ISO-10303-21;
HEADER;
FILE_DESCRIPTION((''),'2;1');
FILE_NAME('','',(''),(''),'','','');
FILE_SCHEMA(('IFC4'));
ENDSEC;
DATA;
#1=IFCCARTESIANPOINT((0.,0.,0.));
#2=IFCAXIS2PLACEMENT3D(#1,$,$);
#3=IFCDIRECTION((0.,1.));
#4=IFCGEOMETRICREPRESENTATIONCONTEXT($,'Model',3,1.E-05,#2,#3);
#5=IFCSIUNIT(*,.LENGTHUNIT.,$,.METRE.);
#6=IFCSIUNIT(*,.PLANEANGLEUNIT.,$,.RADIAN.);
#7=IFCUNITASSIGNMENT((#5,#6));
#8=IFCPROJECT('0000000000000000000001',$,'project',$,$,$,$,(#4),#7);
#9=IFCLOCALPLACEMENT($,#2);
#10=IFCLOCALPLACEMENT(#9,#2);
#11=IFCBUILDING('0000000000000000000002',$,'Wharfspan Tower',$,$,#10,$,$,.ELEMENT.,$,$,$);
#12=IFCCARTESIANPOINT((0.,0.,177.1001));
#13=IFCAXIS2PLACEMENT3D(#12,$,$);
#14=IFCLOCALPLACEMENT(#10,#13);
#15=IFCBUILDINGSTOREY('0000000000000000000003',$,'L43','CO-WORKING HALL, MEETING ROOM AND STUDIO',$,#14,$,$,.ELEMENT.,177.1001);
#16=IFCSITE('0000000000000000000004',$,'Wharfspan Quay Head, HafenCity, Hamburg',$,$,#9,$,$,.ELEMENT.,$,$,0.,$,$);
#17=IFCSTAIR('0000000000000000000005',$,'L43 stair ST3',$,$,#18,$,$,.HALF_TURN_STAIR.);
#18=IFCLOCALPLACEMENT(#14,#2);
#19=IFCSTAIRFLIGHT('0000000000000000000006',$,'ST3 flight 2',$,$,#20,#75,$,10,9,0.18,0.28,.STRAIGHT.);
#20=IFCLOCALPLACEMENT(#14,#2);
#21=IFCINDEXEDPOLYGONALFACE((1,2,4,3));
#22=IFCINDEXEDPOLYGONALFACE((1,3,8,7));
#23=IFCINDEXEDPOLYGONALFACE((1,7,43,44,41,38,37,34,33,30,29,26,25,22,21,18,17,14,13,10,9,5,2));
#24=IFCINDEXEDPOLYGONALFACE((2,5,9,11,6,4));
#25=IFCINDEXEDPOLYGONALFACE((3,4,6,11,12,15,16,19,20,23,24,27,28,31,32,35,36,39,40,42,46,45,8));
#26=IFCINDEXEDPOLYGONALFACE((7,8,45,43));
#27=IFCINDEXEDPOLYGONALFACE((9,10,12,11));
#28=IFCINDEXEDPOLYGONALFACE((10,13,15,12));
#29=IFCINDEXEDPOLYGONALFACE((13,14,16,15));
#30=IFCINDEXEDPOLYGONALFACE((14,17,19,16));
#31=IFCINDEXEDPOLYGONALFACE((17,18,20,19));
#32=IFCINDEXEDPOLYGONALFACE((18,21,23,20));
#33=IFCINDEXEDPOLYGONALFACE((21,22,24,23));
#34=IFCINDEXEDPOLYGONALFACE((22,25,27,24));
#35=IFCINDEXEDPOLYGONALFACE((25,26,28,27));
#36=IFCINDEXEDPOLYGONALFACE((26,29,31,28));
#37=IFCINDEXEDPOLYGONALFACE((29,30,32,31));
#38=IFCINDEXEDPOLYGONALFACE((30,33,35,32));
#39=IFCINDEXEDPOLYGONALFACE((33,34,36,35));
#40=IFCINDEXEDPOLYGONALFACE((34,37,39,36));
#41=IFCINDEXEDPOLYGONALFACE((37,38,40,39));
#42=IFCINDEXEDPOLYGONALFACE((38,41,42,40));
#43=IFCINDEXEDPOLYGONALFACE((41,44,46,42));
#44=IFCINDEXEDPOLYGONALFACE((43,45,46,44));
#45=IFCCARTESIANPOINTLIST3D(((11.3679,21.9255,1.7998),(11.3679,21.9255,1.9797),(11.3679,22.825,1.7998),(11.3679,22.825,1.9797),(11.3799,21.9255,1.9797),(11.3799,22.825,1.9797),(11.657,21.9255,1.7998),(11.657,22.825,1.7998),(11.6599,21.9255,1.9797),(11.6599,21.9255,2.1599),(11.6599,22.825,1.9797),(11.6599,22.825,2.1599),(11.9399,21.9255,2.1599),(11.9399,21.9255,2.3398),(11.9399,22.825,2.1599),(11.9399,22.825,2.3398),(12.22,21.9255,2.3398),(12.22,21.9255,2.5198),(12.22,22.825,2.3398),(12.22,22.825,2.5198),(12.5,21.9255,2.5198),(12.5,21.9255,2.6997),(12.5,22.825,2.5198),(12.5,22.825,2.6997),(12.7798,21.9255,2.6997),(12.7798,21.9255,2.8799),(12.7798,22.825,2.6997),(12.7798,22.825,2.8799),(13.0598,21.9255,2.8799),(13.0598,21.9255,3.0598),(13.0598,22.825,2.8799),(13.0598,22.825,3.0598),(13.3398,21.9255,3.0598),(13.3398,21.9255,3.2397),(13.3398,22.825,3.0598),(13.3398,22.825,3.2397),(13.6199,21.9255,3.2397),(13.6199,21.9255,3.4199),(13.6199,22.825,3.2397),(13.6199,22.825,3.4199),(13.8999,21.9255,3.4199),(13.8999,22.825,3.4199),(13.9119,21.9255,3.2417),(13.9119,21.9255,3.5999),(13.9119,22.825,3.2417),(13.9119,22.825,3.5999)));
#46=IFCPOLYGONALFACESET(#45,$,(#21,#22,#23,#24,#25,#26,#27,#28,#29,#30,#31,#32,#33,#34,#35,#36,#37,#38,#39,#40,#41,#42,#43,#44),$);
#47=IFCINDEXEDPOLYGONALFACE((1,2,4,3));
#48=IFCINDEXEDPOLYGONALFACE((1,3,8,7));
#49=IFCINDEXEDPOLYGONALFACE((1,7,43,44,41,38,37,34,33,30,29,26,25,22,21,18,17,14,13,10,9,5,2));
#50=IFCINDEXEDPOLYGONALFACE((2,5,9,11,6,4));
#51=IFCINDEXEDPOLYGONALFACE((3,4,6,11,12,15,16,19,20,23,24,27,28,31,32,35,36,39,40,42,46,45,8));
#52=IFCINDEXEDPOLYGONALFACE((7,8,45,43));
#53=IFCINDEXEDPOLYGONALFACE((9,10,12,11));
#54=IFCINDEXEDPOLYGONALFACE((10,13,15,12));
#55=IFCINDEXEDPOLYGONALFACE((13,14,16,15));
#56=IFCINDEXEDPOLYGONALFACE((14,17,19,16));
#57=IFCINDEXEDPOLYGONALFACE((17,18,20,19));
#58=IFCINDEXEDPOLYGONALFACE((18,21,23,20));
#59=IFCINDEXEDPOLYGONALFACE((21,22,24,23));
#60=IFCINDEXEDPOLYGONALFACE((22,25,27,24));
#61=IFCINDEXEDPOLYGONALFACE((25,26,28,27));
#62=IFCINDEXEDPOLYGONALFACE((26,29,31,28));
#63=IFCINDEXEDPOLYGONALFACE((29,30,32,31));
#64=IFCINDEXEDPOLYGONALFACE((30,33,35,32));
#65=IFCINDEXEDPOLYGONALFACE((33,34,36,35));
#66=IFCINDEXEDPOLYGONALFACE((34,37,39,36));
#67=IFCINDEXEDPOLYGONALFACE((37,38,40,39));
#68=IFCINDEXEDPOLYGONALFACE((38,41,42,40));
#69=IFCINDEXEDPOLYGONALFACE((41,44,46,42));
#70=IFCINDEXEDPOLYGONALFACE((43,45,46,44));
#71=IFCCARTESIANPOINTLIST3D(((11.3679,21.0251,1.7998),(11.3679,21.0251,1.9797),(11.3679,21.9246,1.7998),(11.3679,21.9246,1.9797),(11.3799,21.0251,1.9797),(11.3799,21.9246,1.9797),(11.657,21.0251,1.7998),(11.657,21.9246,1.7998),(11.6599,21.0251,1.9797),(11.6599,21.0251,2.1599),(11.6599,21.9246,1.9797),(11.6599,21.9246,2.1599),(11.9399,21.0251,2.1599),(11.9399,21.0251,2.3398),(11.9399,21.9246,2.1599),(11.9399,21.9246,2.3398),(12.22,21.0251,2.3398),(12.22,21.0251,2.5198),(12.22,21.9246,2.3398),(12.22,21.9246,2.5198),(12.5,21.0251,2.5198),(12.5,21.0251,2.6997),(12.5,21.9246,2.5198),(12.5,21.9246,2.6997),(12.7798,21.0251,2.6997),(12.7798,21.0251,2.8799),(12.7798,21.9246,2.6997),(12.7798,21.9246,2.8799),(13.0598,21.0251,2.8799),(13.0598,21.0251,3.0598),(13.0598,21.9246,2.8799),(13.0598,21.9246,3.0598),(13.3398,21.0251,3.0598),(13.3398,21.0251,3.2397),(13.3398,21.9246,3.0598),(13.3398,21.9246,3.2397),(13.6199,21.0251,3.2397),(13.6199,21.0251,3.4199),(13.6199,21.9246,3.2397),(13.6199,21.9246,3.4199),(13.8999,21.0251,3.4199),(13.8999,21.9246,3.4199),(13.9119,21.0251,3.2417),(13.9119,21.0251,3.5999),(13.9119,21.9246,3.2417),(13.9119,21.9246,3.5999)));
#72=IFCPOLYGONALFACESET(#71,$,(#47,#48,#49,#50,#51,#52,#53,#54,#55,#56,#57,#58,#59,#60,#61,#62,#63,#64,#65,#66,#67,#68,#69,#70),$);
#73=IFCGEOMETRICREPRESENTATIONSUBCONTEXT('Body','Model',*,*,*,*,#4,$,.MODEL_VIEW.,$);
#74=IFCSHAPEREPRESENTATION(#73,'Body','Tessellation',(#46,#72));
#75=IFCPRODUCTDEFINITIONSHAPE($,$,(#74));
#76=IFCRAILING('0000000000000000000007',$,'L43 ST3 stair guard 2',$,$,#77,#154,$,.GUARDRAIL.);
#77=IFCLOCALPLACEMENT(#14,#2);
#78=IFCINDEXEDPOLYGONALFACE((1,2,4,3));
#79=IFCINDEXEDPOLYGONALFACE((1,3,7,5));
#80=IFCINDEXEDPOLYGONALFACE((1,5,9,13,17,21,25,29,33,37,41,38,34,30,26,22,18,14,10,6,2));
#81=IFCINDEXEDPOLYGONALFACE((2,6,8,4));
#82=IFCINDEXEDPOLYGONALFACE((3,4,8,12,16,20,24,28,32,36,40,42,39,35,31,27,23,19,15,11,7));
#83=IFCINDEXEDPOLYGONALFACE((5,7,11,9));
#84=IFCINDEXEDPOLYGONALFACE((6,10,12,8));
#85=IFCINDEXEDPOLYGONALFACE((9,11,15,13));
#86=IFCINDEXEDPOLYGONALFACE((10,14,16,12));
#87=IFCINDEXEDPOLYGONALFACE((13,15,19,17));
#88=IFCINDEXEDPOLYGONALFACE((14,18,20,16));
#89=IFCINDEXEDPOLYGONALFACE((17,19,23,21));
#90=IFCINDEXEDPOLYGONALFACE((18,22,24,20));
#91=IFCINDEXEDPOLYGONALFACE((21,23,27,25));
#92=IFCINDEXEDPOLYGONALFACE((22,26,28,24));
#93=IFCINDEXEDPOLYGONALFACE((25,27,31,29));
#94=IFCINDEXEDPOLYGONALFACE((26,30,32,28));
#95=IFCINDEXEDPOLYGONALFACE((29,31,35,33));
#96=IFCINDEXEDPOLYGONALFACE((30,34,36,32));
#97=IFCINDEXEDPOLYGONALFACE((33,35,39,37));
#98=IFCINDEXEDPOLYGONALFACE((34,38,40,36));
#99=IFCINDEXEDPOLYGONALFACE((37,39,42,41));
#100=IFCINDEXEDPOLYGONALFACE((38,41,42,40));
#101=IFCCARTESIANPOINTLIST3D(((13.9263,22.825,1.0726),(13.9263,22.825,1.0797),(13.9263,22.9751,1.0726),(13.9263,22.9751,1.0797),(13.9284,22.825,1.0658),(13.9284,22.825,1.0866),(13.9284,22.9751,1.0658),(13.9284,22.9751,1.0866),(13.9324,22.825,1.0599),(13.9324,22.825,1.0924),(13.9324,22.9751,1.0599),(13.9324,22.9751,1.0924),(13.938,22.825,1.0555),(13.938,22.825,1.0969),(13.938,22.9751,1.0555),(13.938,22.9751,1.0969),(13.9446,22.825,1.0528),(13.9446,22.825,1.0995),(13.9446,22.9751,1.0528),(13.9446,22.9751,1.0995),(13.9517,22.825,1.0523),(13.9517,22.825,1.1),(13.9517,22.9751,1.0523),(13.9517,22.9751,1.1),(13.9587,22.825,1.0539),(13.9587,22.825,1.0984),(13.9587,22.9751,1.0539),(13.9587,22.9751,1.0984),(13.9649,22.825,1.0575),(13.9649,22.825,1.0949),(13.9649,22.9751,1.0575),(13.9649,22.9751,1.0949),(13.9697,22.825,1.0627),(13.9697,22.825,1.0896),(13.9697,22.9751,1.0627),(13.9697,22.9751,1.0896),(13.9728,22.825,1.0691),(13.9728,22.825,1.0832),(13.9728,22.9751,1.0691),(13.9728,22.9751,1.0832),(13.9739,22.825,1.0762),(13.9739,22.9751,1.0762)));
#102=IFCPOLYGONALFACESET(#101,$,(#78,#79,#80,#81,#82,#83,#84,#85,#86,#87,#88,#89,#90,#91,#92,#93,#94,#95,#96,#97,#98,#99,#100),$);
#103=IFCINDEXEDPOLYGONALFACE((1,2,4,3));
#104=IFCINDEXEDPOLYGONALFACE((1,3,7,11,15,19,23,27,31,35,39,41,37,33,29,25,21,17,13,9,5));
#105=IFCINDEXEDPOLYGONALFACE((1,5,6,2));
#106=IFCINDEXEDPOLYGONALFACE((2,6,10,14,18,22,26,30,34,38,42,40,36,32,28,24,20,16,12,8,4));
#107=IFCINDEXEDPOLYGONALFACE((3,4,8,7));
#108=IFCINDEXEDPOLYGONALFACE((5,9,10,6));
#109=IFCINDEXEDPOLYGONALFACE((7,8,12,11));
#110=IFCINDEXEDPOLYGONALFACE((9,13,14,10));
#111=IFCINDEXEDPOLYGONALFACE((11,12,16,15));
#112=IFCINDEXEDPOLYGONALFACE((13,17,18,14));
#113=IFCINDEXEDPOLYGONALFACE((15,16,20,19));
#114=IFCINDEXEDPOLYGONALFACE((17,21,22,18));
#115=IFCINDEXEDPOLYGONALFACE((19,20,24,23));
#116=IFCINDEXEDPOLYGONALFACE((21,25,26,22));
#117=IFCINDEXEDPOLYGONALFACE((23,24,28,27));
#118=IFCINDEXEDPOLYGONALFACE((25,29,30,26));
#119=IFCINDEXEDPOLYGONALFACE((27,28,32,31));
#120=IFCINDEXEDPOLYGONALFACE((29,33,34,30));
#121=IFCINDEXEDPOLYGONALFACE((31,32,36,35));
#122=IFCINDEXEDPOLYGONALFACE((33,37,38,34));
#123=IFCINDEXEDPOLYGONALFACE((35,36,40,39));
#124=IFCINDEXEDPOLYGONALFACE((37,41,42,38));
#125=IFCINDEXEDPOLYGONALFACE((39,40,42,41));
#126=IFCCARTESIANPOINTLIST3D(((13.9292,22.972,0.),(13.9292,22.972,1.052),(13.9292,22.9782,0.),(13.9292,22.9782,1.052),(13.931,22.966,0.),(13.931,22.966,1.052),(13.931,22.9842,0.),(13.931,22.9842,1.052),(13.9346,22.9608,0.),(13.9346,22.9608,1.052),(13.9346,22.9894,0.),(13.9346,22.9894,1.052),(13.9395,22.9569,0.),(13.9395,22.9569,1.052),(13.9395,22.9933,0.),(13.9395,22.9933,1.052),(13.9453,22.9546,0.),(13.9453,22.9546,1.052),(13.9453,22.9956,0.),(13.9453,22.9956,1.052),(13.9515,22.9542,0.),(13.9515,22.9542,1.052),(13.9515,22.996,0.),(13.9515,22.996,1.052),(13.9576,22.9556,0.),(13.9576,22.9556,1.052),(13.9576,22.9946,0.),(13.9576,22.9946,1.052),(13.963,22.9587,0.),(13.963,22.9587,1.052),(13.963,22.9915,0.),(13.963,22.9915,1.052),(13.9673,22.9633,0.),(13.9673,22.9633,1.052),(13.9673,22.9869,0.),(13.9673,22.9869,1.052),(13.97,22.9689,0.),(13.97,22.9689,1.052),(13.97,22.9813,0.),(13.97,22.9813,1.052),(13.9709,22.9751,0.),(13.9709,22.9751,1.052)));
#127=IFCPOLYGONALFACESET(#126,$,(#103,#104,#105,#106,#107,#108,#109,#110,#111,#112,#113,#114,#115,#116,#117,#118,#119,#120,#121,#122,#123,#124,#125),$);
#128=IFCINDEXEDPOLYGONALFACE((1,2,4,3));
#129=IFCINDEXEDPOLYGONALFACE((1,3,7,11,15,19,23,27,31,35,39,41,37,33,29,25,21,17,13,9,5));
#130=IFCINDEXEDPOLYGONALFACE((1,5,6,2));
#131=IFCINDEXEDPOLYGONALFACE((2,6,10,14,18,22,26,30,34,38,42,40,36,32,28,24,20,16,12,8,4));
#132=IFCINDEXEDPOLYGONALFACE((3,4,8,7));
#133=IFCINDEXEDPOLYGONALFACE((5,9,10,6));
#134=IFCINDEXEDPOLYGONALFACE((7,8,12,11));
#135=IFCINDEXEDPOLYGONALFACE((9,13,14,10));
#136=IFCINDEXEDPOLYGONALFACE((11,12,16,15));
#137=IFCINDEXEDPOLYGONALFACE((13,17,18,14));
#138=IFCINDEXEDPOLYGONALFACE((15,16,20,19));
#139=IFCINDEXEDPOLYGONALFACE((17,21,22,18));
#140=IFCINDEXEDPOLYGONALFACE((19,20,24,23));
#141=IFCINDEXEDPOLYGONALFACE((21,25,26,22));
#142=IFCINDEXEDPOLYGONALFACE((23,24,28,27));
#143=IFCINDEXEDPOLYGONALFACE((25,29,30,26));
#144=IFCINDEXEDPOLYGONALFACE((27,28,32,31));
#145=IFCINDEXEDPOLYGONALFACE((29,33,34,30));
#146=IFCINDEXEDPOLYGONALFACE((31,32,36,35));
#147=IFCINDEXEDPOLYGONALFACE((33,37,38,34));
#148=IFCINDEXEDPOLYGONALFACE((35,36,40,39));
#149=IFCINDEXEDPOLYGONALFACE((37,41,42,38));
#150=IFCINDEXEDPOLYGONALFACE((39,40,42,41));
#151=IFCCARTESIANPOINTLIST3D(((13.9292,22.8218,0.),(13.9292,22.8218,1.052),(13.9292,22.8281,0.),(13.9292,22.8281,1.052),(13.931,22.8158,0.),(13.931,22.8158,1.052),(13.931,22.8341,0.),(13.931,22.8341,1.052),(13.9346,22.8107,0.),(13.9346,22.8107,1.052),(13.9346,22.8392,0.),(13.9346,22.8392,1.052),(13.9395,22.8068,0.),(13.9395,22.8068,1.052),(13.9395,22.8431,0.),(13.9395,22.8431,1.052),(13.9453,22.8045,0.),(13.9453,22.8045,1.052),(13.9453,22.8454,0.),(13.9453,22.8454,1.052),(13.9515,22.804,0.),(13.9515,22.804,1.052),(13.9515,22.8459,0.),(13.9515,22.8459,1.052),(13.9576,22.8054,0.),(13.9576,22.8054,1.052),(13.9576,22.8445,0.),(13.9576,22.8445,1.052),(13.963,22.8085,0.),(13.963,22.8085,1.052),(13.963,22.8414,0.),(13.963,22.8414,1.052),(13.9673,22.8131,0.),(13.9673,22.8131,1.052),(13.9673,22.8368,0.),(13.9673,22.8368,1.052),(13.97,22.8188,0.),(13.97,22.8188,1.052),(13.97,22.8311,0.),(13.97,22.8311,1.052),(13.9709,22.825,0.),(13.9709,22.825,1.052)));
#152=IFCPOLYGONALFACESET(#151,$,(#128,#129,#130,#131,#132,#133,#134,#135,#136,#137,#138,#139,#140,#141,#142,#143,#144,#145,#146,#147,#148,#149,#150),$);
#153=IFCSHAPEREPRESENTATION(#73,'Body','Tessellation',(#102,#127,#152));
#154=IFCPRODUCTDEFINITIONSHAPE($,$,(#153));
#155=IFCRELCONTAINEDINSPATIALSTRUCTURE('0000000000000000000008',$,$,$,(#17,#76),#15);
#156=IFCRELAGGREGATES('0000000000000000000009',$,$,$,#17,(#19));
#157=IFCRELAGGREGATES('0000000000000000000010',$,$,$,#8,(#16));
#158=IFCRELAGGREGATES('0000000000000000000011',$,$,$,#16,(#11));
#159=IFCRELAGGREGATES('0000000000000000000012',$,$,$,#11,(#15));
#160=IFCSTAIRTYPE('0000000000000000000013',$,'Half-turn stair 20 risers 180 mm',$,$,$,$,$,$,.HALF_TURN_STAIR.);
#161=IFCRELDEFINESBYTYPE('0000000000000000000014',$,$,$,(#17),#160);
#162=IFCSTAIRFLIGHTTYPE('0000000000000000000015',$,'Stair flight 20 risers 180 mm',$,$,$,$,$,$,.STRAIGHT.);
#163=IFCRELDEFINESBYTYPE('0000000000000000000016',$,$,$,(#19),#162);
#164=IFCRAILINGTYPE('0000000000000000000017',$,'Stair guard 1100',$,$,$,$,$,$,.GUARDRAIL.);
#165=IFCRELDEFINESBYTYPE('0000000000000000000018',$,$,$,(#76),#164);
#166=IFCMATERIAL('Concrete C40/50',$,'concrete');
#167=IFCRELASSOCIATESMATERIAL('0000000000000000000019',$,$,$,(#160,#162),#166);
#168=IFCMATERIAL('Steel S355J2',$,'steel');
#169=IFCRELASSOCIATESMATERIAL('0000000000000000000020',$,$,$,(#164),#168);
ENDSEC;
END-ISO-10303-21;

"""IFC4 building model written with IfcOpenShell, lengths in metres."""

from ifc_helpers import new_model, si_unit, direction, frame, origin, origin_2d, place, context, subcontext, project, spatial, polyline, circle, outline, extrude, material, type_object, element, aggregate, save


model = new_model("IFC4")

# Units and contexts
model_context = context("Model", 3, precision=1e-05, world=origin(), true_north=direction((0.0, 1.0)))
body_context = subcontext(model_context, "Body", "Model", "MODEL_VIEW")
ifc_project = project(units=[si_unit("LENGTHUNIT", "METRE"), si_unit("PLANEANGLEUNIT", "RADIAN")], contexts=[model_context])

# Site, building, storey
site_placement = place(None, origin())
site = spatial("IfcSite", under=ifc_project, at=site_placement, Name="Wharfspan Quay Head, HafenCity, Hamburg", CompositionType="ELEMENT", RefElevation=0.0)
building_placement = place(site_placement, origin())
building = spatial("IfcBuilding", under=site, at=building_placement, Name="Wharfspan Tower", CompositionType="ELEMENT")
storey_placement = place(building_placement, frame((0.0, 0.0, 177.1001)))
storey = spatial("IfcBuildingStorey", under=building, at=storey_placement, Name="L43", Description="CO-WORKING HALL, MEETING ROOM AND STUDIO", CompositionType="ELEMENT", Elevation=177.1001)

# Shared definitions
ifc_material_1 = material(Name="Steel S355J2", Category="steel")

# Shared definitions
ifc_material_2 = material(Name="Concrete C40/50", Category="concrete")

# Stair, stair flight
stair_type = type_object("IfcStairType", Name="Half-turn stair 20 risers 180 mm", PredefinedType="HALF_TURN_STAIR", material=ifc_material_2)
stair_placement = place(storey_placement, origin())
stair = element("IfcStair", 1, at=stair_placement, inside=storey, type_object=stair_type, Name="L43 stair ST3", PredefinedType="HALF_TURN_STAIR")
stair_flight_type = type_object("IfcStairFlightType", Name="Stair flight 20 risers 180 mm", PredefinedType="STRAIGHT", material=ifc_material_2)
stair_flight_1_placement = place(storey_placement, frame((11.3799, 21.925, 1.7998), z_axis=(0.0, 0.0, 1.0), x_axis=(1.0, 0.0, 0.0)))
stair_flight_1 = element("IfcStairFlight", 2, at=stair_flight_1_placement, type_object=stair_flight_type, Name="ST3 flight 2", NumberOfRisers=10, NumberOfTreads=9, PredefinedType="STRAIGHT", RiserHeight=0.18, TreadLength=0.28, context=body_context, shape_type="SweptSolid", body=[
    extrude(outline(polyline([(-0.012, 0.0), (-0.012, 0.1799), (0.0, 0.1799), (0.28, 0.1799), (0.28, 0.3601), (0.5601, 0.3601), (0.5601, 0.54), (0.8401, 0.54), (0.8401, 0.72), (1.1201, 0.72), (1.1201, 0.8999), (1.3999, 0.8999), (1.3999, 1.0801), (1.6799, 1.0801), (1.6799, 1.26), (1.96, 1.26), (1.96, 1.4399), (2.24, 1.4399), (2.24, 1.6201), (2.52, 1.6201), (2.532, 1.8), (2.532, 1.4419), (0.2771, 0.0), (-0.012, 0.0)])), frame((0.0, 0.8999, 0.0), z_axis=(0.0, -1.0, 0.0), x_axis=(1.0, 0.0, 0.0)), (0.0, 0.0, 1.0), 0.8994),
    extrude(outline(polyline([(-0.012, 0.0), (-0.012, 0.1799), (0.0, 0.1799), (0.28, 0.1799), (0.28, 0.3601), (0.5601, 0.3601), (0.5601, 0.54), (0.8401, 0.54), (0.8401, 0.72), (1.1201, 0.72), (1.1201, 0.8999), (1.3999, 0.8999), (1.3999, 1.0801), (1.6799, 1.0801), (1.6799, 1.26), (1.96, 1.26), (1.96, 1.4399), (2.24, 1.4399), (2.24, 1.6201), (2.52, 1.6201), (2.532, 1.8), (2.532, 1.4419), (0.2771, 0.0), (-0.012, 0.0)])), frame((0.0, -0.0005, 0.0), z_axis=(0.0, -1.0, 0.0), x_axis=(1.0, 0.0, 0.0)), (0.0, 0.0, 1.0), 0.8994),
])
aggregate(stair, [stair_flight_1])

# Railing
railing_type_1 = type_object("IfcRailingType", Name="Stair guard 1100", PredefinedType="GUARDRAIL", material=ifc_material_1)
railing_1_placement = place(storey_placement, frame((13.95, 22.9751, 0.0)))
element("IfcRailing", 3, at=railing_1_placement, inside=storey, type_object=railing_type_1, Name="L43 ST3 stair guard 2", PredefinedType="GUARDRAIL", context=body_context, shape_type="SweptSolid", body=[
    extrude(circle(Radius=0.0239, at=origin_2d()), frame((0.0, 0.0, 1.0762), z_axis=(0.0, -1.0, 0.0), x_axis=(1.0, 0.0, 0.0)), (0.0, 0.0, 1.0), 0.1501),
    extrude(circle(Radius=0.021, at=origin_2d()), origin(), (0.0, 0.0, 1.0), 1.052),
    extrude(circle(Radius=0.021, at=origin_2d()), frame((0.0, -0.1501, 0.0)), (0.0, 0.0, 1.0), 1.052),
])

save(model, "model.ifc")
